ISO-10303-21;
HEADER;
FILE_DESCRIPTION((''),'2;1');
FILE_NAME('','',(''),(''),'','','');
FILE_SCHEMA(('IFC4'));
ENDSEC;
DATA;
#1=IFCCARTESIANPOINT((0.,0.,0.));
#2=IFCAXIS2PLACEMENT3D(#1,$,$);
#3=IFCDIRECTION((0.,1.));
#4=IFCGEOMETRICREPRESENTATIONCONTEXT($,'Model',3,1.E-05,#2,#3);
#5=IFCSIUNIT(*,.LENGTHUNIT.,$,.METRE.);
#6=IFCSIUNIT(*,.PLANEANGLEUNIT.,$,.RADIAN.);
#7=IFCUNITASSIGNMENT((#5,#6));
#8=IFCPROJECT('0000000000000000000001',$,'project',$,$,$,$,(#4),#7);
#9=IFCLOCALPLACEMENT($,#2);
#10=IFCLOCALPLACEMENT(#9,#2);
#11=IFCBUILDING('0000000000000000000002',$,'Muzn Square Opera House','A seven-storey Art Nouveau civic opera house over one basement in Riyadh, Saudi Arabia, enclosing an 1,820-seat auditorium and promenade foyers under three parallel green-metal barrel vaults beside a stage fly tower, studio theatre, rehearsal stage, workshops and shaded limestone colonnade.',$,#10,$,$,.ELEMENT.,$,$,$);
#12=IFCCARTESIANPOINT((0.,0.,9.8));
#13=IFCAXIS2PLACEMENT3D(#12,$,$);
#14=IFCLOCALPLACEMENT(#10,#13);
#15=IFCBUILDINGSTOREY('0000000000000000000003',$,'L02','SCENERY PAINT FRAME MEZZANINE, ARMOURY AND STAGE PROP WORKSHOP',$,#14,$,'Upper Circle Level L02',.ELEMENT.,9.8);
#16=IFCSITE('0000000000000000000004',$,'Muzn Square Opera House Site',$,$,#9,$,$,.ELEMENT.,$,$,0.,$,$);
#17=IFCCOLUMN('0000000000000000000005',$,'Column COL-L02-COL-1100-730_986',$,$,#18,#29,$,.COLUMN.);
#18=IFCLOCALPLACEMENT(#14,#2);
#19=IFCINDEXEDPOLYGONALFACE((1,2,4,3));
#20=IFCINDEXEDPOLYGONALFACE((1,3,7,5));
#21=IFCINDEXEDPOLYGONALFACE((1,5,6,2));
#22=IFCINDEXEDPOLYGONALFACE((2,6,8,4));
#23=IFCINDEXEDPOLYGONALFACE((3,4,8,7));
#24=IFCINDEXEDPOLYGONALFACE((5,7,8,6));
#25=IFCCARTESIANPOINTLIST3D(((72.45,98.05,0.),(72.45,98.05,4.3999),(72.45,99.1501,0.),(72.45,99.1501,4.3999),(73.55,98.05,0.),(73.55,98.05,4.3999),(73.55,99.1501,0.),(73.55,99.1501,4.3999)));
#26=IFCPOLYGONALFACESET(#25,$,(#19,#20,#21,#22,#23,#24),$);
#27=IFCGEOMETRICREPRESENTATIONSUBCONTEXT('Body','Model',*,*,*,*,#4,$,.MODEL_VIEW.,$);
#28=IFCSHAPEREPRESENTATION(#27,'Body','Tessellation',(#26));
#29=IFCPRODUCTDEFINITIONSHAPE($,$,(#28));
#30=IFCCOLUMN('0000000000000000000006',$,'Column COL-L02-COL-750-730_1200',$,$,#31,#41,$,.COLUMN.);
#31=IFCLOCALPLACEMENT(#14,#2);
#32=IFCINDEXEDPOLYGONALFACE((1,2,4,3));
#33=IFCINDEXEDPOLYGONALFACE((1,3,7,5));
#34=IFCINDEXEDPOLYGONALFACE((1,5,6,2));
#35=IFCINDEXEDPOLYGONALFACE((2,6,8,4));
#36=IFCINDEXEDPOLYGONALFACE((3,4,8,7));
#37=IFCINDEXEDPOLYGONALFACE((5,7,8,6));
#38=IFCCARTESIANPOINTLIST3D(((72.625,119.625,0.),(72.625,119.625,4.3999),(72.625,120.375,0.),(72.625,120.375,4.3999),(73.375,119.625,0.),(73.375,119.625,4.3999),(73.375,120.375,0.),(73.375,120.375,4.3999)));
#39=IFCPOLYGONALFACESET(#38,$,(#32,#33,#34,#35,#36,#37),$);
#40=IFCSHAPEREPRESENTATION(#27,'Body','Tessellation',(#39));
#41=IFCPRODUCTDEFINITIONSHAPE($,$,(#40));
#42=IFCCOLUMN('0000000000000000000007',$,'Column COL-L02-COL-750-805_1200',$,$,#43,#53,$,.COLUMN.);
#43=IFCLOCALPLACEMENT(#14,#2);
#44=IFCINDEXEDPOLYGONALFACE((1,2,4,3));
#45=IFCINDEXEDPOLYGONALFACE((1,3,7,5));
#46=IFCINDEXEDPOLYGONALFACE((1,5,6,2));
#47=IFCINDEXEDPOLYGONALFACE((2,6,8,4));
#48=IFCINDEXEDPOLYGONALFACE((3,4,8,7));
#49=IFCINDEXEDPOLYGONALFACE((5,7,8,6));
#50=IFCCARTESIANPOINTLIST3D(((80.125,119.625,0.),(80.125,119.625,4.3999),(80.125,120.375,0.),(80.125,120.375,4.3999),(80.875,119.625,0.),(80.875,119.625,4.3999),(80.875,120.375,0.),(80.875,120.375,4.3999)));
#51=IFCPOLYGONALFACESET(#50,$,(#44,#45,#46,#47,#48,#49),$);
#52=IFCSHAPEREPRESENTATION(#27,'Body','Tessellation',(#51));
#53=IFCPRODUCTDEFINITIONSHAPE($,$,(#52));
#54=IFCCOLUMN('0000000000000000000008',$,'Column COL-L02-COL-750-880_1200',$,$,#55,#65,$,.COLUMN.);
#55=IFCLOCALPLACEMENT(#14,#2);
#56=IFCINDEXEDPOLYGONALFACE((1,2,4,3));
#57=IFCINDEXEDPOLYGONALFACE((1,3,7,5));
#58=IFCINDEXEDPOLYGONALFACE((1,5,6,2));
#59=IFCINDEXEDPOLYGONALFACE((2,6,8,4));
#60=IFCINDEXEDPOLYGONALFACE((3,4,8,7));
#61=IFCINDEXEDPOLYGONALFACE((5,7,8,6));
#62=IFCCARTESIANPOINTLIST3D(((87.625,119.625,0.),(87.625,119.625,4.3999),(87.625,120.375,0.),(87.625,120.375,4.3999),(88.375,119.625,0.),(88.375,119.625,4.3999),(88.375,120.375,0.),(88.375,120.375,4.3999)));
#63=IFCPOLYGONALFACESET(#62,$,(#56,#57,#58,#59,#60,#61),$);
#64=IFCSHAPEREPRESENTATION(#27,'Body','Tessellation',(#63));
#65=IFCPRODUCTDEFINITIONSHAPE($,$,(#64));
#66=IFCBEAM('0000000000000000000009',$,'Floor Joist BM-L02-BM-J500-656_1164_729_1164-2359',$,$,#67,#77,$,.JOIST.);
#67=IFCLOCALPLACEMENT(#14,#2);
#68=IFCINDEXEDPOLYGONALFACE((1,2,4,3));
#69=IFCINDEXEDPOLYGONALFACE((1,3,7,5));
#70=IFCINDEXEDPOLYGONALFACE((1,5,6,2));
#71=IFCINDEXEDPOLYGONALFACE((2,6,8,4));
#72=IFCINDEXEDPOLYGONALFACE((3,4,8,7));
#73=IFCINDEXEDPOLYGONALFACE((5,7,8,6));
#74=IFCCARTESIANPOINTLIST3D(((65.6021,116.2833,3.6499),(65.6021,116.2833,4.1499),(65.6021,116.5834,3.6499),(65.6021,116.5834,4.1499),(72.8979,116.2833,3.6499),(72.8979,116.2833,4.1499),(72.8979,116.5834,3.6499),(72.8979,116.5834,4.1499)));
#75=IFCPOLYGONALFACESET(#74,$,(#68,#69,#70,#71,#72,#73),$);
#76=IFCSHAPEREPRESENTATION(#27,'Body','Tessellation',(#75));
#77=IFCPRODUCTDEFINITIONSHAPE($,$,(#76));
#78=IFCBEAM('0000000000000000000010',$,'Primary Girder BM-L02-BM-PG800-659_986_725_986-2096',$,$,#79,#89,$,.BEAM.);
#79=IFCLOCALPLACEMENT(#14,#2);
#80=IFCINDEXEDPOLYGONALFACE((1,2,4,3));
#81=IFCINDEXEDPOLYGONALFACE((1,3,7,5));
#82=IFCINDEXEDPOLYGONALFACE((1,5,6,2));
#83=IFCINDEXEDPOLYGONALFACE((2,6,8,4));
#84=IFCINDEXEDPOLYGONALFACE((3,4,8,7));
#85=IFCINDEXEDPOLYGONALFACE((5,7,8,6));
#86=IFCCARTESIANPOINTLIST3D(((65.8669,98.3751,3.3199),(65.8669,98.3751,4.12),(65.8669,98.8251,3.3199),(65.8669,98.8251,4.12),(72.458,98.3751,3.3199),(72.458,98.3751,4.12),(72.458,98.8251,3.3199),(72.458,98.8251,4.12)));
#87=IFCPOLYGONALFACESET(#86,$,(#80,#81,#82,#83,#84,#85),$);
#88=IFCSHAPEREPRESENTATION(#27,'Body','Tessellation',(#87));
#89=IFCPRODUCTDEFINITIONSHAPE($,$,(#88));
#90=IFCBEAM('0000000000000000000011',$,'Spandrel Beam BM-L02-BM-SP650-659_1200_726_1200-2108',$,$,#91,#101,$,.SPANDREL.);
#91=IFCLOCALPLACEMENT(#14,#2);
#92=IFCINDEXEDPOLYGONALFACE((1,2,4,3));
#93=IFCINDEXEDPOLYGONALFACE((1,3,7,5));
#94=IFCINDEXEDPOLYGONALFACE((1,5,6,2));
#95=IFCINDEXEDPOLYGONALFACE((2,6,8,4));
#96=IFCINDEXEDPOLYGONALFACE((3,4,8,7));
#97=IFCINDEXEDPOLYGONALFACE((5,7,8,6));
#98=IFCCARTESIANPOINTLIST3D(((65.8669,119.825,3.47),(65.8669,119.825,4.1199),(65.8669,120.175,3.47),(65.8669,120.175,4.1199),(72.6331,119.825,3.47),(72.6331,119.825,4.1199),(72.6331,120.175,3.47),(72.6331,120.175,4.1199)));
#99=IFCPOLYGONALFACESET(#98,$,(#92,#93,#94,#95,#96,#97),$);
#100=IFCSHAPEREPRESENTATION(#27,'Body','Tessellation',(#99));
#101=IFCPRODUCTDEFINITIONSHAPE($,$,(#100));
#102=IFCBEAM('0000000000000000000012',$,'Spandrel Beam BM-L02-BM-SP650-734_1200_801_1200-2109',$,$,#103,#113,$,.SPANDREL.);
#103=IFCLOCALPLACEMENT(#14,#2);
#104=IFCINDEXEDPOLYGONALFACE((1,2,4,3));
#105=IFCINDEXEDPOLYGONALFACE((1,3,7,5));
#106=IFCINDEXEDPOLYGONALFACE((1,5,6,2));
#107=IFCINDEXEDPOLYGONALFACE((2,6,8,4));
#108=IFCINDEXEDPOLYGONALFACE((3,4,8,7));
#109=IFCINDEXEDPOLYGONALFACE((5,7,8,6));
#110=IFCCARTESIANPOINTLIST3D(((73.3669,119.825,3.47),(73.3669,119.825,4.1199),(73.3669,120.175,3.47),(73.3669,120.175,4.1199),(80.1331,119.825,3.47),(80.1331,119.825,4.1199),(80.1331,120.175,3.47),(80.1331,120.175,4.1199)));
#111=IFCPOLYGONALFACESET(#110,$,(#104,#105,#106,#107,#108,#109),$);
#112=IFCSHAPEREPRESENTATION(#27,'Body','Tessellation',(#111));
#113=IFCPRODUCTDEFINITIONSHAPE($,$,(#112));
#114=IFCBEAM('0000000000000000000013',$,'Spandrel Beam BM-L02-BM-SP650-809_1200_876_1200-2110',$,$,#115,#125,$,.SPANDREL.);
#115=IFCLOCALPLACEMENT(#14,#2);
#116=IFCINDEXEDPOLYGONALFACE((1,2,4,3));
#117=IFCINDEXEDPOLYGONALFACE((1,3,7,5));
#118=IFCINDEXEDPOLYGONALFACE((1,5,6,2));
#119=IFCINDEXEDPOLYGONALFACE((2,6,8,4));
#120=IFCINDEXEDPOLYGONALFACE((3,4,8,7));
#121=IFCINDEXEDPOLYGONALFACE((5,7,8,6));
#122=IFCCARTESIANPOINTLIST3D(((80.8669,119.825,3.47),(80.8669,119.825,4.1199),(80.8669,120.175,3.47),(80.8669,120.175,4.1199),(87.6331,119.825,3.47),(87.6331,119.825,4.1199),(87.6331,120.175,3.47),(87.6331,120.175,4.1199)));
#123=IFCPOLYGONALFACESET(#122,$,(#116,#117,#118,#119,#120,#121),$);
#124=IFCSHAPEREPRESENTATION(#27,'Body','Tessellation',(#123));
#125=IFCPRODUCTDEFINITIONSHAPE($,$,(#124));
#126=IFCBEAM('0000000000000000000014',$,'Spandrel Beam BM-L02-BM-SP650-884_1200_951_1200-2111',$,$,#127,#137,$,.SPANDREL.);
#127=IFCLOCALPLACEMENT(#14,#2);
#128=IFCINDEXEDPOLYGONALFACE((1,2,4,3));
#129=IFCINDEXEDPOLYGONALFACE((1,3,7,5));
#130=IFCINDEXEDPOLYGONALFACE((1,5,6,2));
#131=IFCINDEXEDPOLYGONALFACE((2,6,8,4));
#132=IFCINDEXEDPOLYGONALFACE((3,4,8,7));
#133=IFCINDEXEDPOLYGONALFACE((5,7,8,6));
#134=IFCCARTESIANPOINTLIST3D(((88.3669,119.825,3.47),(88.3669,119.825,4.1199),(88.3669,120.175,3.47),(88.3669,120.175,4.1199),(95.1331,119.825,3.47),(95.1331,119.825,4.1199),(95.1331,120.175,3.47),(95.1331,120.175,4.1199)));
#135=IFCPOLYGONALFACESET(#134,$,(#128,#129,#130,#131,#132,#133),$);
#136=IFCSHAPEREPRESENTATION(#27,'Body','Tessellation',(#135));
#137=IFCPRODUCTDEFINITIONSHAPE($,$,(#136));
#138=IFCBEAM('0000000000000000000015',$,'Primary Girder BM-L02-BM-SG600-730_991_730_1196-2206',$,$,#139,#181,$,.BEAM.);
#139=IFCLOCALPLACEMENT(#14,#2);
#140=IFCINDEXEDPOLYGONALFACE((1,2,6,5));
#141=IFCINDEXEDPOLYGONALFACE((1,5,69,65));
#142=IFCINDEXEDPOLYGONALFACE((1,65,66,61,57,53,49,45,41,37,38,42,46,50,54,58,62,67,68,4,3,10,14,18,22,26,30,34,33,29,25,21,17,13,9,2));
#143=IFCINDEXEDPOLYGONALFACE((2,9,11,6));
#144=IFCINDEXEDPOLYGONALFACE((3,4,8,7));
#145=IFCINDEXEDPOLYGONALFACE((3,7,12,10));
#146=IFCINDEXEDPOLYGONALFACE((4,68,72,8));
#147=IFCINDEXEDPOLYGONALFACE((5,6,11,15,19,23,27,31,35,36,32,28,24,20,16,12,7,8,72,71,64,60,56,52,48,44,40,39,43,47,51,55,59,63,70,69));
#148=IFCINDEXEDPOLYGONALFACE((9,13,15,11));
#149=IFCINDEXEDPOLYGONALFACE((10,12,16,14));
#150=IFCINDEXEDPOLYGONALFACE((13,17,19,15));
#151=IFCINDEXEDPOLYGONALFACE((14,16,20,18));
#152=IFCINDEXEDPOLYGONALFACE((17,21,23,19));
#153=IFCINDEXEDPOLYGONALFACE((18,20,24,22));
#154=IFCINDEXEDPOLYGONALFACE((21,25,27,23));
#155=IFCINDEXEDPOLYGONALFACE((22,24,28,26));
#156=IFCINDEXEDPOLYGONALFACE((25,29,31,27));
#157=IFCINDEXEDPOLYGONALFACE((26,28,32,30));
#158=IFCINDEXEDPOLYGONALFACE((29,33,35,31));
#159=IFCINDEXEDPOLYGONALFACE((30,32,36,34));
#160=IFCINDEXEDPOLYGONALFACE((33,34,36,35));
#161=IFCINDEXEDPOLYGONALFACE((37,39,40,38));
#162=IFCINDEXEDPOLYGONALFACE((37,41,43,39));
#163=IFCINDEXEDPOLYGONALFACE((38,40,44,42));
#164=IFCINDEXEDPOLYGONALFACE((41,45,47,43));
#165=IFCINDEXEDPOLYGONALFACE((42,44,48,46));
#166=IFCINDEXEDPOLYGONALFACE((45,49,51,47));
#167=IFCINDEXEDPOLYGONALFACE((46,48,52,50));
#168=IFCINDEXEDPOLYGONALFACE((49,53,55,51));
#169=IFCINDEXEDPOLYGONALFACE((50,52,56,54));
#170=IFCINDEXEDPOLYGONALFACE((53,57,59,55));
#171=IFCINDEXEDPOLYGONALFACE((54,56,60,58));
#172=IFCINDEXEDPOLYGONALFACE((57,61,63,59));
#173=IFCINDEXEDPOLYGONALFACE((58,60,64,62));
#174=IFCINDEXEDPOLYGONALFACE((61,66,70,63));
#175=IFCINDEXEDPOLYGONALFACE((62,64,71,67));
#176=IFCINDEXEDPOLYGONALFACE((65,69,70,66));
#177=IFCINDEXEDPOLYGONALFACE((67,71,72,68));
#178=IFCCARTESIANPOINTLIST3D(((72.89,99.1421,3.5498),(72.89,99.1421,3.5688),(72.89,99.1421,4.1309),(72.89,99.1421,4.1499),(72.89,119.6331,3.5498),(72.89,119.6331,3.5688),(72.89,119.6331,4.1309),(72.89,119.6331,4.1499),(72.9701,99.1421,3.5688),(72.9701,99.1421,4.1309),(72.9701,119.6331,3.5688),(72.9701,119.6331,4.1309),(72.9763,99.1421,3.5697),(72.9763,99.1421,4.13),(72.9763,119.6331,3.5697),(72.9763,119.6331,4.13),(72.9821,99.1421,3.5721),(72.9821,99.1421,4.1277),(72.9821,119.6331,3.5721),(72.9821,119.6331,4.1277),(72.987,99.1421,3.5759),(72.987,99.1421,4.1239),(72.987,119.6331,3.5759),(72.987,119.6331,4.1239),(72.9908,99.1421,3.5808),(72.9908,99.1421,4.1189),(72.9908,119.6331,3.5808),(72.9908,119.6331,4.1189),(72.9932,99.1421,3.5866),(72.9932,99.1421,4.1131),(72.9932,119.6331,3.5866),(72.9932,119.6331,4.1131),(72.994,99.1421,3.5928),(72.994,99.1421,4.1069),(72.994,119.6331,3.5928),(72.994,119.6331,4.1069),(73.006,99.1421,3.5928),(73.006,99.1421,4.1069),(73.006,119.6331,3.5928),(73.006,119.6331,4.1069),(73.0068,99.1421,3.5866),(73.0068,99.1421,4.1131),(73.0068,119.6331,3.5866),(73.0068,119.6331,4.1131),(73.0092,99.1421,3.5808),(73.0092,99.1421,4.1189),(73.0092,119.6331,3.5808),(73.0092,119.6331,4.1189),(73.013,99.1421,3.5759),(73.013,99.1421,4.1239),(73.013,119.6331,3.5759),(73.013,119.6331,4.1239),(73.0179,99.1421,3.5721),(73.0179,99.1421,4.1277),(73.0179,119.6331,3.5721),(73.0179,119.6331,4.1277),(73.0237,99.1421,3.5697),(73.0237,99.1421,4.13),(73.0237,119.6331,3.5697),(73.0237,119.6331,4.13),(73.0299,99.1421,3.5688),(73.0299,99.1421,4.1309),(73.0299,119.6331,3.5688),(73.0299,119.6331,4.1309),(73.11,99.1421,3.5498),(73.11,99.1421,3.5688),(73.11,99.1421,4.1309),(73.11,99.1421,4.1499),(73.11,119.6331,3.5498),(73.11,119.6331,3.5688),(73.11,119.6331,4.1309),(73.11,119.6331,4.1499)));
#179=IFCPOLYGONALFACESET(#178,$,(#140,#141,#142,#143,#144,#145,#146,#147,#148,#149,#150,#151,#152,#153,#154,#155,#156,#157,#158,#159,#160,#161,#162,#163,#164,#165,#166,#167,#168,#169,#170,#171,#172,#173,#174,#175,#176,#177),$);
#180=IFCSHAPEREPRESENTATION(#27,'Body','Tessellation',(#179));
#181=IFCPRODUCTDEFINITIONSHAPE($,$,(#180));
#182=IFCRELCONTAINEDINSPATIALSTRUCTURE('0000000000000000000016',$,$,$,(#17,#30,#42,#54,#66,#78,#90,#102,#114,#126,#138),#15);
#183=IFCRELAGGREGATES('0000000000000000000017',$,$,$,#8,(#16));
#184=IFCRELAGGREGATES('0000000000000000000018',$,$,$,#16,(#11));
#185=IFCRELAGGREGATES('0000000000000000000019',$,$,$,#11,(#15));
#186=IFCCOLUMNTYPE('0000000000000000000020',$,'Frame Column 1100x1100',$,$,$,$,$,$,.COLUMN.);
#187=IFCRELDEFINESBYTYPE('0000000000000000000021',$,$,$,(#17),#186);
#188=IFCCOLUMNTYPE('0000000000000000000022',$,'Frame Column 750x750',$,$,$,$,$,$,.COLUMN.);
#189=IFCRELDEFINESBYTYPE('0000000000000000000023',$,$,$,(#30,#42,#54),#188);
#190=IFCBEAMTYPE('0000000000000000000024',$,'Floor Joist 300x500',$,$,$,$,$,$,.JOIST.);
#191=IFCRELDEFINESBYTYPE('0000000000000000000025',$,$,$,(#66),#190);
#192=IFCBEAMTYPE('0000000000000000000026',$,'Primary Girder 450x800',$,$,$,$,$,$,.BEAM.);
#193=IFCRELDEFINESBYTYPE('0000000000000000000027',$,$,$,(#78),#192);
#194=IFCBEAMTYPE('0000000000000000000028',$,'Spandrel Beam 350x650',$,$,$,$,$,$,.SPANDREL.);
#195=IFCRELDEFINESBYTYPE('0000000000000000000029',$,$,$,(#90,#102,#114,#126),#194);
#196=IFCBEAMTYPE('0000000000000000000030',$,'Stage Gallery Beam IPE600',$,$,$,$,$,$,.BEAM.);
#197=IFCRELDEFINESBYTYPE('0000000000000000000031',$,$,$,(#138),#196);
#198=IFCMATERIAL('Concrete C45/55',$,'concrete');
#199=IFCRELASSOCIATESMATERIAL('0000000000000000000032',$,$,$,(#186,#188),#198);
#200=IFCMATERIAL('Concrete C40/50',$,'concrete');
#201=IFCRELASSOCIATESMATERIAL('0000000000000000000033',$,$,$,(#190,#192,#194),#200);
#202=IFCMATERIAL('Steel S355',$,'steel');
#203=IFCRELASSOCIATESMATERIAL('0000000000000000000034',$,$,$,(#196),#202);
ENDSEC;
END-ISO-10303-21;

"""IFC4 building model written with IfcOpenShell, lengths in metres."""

from ifc_helpers import new_model, si_unit, direction, frame, origin, origin_2d, place, context, subcontext, project, spatial, rectangle, i_section, extrude, material, material_profile, profile_set, type_object, element, save


model = new_model("IFC4")

# Units and contexts
model_context = context("Model", 3, precision=1e-05, world=origin(), true_north=direction((0.0, 1.0)))
body_context = subcontext(model_context, "Body", "Model", "MODEL_VIEW")
ifc_project = project(units=[si_unit("LENGTHUNIT", "METRE"), si_unit("PLANEANGLEUNIT", "RADIAN")], contexts=[model_context])

# Site, building, storey
site_placement = place(None, origin())
site = spatial("IfcSite", under=ifc_project, at=site_placement, Name="Muzn Square Opera House Site", CompositionType="ELEMENT", RefElevation=0.0)
building_placement = place(site_placement, origin())
building = spatial("IfcBuilding", under=site, at=building_placement, Name="Muzn Square Opera House", Description="A seven-storey Art Nouveau civic opera house over one basement in Riyadh, Saudi Arabia, enclosing an 1,820-seat auditorium and promenade foyers under three parallel green-metal barrel vaults beside a stage fly tower, studio theatre, rehearsal stage, workshops and shaded limestone colonnade.", CompositionType="ELEMENT")
storey_placement = place(building_placement, frame((0.0, 0.0, 9.8)))
storey = spatial("IfcBuildingStorey", under=building, at=storey_placement, Name="L02", Description="SCENERY PAINT FRAME MEZZANINE, ARMOURY AND STAGE PROP WORKSHOP", LongName="Upper Circle Level L02", CompositionType="ELEMENT", Elevation=9.8)

# Columns
ifc_material_1 = material(Name="Concrete C45/55", Category="concrete")
ifc_material_profile_1 = material_profile(ifc_material_1, rectangle(XDim=1.1001, YDim=1.1001, at=origin_2d()), Name="RC 1100x1100", Category="concrete")
ifc_profile_set_1 = profile_set([ifc_material_profile_1], Name="Concrete C45/55")
column_type_1 = type_object("IfcColumnType", Name="Frame Column 1100x1100", PredefinedType="COLUMN", material=ifc_profile_set_1)
column_placement = place(storey_placement, frame((73.0, 98.6001, 0.0), z_axis=(0.0, 0.0, 1.0), x_axis=(1.0, 0.0, 0.0)))
element("IfcColumn", 1, at=column_placement, inside=storey, type_object=column_type_1, Name="Column COL-L02-COL-1100-730_986", PredefinedType="COLUMN", context=body_context, shape_type="SweptSolid", body=[
    extrude(rectangle(XDim=1.1001, YDim=1.1001, at=origin_2d()), origin(), (0.0, 0.0, 1.0), 4.3999),
])
ifc_material_profile_2 = material_profile(ifc_material_1, rectangle(XDim=0.75, YDim=0.75, at=origin_2d()), Name="RC 750x750", Category="concrete")
ifc_profile_set_2 = profile_set([ifc_material_profile_2], Name="Concrete C45/55")
column_type_2 = type_object("IfcColumnType", Name="Frame Column 750x750", PredefinedType="COLUMN", material=ifc_profile_set_2)
for number, where, z_axis, x_axis, name in (
    (2, (73.0, 120.0, 0.0), (0.0, 0.0, 1.0), (1.0, 0.0, 0.0), "Column COL-L02-COL-750-730_1200"),
    (3, (80.5, 120.0, 0.0), (0.0, 0.0, 1.0), (1.0, 0.0, 0.0), "Column COL-L02-COL-750-805_1200"),
    (4, (88.0, 120.0, 0.0), (0.0, 0.0, 1.0), (1.0, 0.0, 0.0), "Column COL-L02-COL-750-880_1200"),
):
    element("IfcColumn", number, at=place(storey_placement, frame(where, z_axis=z_axis, x_axis=x_axis)), inside=storey, type_object=column_type_2, Name=name, PredefinedType="COLUMN", context=body_context, shape_type="SweptSolid", body=[
        extrude(rectangle(XDim=0.75, YDim=0.75, at=origin_2d()), origin(), (0.0, 0.0, 1.0), 4.3999),
    ])

# Beams
ifc_material_2 = material(Name="Concrete C40/50", Category="concrete")
ifc_material_profile_3 = material_profile(ifc_material_2, rectangle(XDim=0.3, YDim=0.5, at=origin_2d()), Name="RCJ 300x500", Category="concrete")
ifc_profile_set_3 = profile_set([ifc_material_profile_3], Name="Concrete C40/50")
beam_type_1 = type_object("IfcBeamType", Name="Floor Joist 300x500", PredefinedType="JOIST", material=ifc_profile_set_3)
beam_1_placement = place(storey_placement, frame((65.6021, 116.4333, 3.8999), z_axis=(1.0, 0.0, 0.0), x_axis=(0.0, 1.0, 0.0)))
element("IfcBeam", 5, at=beam_1_placement, inside=storey, type_object=beam_type_1, Name="Floor Joist BM-L02-BM-J500-656_1164_729_1164-2359", PredefinedType="JOIST", context=body_context, shape_type="SweptSolid", body=[
    extrude(rectangle(XDim=0.3, YDim=0.5, at=origin_2d()), origin(), (0.0, 0.0, 1.0), 7.2959),
])
ifc_material_profile_4 = material_profile(ifc_material_2, rectangle(XDim=0.45, YDim=0.8, at=origin_2d()), Name="RCB 450x800", Category="concrete")
ifc_profile_set_4 = profile_set([ifc_material_profile_4], Name="Concrete C40/50")
beam_type_2 = type_object("IfcBeamType", Name="Primary Girder 450x800", PredefinedType="BEAM", material=ifc_profile_set_4)
beam_2_placement = place(storey_placement, frame((65.8669, 98.6001, 3.72), z_axis=(1.0, 0.0, 0.0), x_axis=(0.0, 1.0, 0.0)))
element("IfcBeam", 6, at=beam_2_placement, inside=storey, type_object=beam_type_2, Name="Primary Girder BM-L02-BM-PG800-659_986_725_986-2096", PredefinedType="BEAM", context=body_context, shape_type="SweptSolid", body=[
    extrude(rectangle(XDim=0.45, YDim=0.8, at=origin_2d()), origin(), (0.0, 0.0, 1.0), 6.5911),
])
ifc_material_profile_5 = material_profile(ifc_material_2, rectangle(XDim=0.3501, YDim=0.6499, at=origin_2d()), Name="RCS 350x650", Category="concrete")
ifc_profile_set_5 = profile_set([ifc_material_profile_5], Name="Concrete C40/50")
beam_type_3 = type_object("IfcBeamType", Name="Spandrel Beam 350x650", PredefinedType="SPANDREL", material=ifc_profile_set_5)
for number, where, z_axis, x_axis, name in (
    (7, (65.8669, 120.0, 3.7949), (1.0, 0.0, 0.0), (0.0, 1.0, 0.0), "Spandrel Beam BM-L02-BM-SP650-659_1200_726_1200-2108"),
    (8, (73.3669, 120.0, 3.7949), (1.0, 0.0, 0.0), (0.0, 1.0, 0.0), "Spandrel Beam BM-L02-BM-SP650-734_1200_801_1200-2109"),
    (9, (80.8669, 120.0, 3.7949), (1.0, 0.0, 0.0), (0.0, 1.0, 0.0), "Spandrel Beam BM-L02-BM-SP650-809_1200_876_1200-2110"),
    (10, (88.3669, 120.0, 3.7949), (1.0, 0.0, 0.0), (0.0, 1.0, 0.0), "Spandrel Beam BM-L02-BM-SP650-884_1200_951_1200-2111"),
):
    element("IfcBeam", number, at=place(storey_placement, frame(where, z_axis=z_axis, x_axis=x_axis)), inside=storey, type_object=beam_type_3, Name=name, PredefinedType="SPANDREL", context=body_context, shape_type="SweptSolid", body=[
        extrude(rectangle(XDim=0.3501, YDim=0.6499, at=origin_2d()), origin(), (0.0, 0.0, 1.0), 6.7661),
    ])
ifc_material_3 = material(Name="Steel S355", Category="steel")
ifc_material_profile_6 = material_profile(ifc_material_3, i_section(OverallWidth=0.22, OverallDepth=0.6001, WebThickness=0.012, FlangeThickness=0.019, FilletRadius=0.0239, at=origin_2d()), Name="IPE 600", Category="steel")
ifc_profile_set_6 = profile_set([ifc_material_profile_6], Name="Steel S355")
beam_type_4 = type_object("IfcBeamType", Name="Stage Gallery Beam IPE600", PredefinedType="BEAM", material=ifc_profile_set_6)
beam_3_placement = place(storey_placement, frame((73.0, 99.1421, 3.8499), z_axis=(0.0, 1.0, 0.0), x_axis=(-1.0, 0.0, 0.0)))
element("IfcBeam", 11, at=beam_3_placement, inside=storey, type_object=beam_type_4, Name="Primary Girder BM-L02-BM-SG600-730_991_730_1196-2206", PredefinedType="BEAM", context=body_context, shape_type="SweptSolid", body=[
    extrude(i_section(OverallWidth=0.22, OverallDepth=0.6001, WebThickness=0.012, FlangeThickness=0.019, FilletRadius=0.0239, at=origin_2d()), origin(), (0.0, 0.0, 1.0), 20.491),
])

save(model, "model.ifc")
